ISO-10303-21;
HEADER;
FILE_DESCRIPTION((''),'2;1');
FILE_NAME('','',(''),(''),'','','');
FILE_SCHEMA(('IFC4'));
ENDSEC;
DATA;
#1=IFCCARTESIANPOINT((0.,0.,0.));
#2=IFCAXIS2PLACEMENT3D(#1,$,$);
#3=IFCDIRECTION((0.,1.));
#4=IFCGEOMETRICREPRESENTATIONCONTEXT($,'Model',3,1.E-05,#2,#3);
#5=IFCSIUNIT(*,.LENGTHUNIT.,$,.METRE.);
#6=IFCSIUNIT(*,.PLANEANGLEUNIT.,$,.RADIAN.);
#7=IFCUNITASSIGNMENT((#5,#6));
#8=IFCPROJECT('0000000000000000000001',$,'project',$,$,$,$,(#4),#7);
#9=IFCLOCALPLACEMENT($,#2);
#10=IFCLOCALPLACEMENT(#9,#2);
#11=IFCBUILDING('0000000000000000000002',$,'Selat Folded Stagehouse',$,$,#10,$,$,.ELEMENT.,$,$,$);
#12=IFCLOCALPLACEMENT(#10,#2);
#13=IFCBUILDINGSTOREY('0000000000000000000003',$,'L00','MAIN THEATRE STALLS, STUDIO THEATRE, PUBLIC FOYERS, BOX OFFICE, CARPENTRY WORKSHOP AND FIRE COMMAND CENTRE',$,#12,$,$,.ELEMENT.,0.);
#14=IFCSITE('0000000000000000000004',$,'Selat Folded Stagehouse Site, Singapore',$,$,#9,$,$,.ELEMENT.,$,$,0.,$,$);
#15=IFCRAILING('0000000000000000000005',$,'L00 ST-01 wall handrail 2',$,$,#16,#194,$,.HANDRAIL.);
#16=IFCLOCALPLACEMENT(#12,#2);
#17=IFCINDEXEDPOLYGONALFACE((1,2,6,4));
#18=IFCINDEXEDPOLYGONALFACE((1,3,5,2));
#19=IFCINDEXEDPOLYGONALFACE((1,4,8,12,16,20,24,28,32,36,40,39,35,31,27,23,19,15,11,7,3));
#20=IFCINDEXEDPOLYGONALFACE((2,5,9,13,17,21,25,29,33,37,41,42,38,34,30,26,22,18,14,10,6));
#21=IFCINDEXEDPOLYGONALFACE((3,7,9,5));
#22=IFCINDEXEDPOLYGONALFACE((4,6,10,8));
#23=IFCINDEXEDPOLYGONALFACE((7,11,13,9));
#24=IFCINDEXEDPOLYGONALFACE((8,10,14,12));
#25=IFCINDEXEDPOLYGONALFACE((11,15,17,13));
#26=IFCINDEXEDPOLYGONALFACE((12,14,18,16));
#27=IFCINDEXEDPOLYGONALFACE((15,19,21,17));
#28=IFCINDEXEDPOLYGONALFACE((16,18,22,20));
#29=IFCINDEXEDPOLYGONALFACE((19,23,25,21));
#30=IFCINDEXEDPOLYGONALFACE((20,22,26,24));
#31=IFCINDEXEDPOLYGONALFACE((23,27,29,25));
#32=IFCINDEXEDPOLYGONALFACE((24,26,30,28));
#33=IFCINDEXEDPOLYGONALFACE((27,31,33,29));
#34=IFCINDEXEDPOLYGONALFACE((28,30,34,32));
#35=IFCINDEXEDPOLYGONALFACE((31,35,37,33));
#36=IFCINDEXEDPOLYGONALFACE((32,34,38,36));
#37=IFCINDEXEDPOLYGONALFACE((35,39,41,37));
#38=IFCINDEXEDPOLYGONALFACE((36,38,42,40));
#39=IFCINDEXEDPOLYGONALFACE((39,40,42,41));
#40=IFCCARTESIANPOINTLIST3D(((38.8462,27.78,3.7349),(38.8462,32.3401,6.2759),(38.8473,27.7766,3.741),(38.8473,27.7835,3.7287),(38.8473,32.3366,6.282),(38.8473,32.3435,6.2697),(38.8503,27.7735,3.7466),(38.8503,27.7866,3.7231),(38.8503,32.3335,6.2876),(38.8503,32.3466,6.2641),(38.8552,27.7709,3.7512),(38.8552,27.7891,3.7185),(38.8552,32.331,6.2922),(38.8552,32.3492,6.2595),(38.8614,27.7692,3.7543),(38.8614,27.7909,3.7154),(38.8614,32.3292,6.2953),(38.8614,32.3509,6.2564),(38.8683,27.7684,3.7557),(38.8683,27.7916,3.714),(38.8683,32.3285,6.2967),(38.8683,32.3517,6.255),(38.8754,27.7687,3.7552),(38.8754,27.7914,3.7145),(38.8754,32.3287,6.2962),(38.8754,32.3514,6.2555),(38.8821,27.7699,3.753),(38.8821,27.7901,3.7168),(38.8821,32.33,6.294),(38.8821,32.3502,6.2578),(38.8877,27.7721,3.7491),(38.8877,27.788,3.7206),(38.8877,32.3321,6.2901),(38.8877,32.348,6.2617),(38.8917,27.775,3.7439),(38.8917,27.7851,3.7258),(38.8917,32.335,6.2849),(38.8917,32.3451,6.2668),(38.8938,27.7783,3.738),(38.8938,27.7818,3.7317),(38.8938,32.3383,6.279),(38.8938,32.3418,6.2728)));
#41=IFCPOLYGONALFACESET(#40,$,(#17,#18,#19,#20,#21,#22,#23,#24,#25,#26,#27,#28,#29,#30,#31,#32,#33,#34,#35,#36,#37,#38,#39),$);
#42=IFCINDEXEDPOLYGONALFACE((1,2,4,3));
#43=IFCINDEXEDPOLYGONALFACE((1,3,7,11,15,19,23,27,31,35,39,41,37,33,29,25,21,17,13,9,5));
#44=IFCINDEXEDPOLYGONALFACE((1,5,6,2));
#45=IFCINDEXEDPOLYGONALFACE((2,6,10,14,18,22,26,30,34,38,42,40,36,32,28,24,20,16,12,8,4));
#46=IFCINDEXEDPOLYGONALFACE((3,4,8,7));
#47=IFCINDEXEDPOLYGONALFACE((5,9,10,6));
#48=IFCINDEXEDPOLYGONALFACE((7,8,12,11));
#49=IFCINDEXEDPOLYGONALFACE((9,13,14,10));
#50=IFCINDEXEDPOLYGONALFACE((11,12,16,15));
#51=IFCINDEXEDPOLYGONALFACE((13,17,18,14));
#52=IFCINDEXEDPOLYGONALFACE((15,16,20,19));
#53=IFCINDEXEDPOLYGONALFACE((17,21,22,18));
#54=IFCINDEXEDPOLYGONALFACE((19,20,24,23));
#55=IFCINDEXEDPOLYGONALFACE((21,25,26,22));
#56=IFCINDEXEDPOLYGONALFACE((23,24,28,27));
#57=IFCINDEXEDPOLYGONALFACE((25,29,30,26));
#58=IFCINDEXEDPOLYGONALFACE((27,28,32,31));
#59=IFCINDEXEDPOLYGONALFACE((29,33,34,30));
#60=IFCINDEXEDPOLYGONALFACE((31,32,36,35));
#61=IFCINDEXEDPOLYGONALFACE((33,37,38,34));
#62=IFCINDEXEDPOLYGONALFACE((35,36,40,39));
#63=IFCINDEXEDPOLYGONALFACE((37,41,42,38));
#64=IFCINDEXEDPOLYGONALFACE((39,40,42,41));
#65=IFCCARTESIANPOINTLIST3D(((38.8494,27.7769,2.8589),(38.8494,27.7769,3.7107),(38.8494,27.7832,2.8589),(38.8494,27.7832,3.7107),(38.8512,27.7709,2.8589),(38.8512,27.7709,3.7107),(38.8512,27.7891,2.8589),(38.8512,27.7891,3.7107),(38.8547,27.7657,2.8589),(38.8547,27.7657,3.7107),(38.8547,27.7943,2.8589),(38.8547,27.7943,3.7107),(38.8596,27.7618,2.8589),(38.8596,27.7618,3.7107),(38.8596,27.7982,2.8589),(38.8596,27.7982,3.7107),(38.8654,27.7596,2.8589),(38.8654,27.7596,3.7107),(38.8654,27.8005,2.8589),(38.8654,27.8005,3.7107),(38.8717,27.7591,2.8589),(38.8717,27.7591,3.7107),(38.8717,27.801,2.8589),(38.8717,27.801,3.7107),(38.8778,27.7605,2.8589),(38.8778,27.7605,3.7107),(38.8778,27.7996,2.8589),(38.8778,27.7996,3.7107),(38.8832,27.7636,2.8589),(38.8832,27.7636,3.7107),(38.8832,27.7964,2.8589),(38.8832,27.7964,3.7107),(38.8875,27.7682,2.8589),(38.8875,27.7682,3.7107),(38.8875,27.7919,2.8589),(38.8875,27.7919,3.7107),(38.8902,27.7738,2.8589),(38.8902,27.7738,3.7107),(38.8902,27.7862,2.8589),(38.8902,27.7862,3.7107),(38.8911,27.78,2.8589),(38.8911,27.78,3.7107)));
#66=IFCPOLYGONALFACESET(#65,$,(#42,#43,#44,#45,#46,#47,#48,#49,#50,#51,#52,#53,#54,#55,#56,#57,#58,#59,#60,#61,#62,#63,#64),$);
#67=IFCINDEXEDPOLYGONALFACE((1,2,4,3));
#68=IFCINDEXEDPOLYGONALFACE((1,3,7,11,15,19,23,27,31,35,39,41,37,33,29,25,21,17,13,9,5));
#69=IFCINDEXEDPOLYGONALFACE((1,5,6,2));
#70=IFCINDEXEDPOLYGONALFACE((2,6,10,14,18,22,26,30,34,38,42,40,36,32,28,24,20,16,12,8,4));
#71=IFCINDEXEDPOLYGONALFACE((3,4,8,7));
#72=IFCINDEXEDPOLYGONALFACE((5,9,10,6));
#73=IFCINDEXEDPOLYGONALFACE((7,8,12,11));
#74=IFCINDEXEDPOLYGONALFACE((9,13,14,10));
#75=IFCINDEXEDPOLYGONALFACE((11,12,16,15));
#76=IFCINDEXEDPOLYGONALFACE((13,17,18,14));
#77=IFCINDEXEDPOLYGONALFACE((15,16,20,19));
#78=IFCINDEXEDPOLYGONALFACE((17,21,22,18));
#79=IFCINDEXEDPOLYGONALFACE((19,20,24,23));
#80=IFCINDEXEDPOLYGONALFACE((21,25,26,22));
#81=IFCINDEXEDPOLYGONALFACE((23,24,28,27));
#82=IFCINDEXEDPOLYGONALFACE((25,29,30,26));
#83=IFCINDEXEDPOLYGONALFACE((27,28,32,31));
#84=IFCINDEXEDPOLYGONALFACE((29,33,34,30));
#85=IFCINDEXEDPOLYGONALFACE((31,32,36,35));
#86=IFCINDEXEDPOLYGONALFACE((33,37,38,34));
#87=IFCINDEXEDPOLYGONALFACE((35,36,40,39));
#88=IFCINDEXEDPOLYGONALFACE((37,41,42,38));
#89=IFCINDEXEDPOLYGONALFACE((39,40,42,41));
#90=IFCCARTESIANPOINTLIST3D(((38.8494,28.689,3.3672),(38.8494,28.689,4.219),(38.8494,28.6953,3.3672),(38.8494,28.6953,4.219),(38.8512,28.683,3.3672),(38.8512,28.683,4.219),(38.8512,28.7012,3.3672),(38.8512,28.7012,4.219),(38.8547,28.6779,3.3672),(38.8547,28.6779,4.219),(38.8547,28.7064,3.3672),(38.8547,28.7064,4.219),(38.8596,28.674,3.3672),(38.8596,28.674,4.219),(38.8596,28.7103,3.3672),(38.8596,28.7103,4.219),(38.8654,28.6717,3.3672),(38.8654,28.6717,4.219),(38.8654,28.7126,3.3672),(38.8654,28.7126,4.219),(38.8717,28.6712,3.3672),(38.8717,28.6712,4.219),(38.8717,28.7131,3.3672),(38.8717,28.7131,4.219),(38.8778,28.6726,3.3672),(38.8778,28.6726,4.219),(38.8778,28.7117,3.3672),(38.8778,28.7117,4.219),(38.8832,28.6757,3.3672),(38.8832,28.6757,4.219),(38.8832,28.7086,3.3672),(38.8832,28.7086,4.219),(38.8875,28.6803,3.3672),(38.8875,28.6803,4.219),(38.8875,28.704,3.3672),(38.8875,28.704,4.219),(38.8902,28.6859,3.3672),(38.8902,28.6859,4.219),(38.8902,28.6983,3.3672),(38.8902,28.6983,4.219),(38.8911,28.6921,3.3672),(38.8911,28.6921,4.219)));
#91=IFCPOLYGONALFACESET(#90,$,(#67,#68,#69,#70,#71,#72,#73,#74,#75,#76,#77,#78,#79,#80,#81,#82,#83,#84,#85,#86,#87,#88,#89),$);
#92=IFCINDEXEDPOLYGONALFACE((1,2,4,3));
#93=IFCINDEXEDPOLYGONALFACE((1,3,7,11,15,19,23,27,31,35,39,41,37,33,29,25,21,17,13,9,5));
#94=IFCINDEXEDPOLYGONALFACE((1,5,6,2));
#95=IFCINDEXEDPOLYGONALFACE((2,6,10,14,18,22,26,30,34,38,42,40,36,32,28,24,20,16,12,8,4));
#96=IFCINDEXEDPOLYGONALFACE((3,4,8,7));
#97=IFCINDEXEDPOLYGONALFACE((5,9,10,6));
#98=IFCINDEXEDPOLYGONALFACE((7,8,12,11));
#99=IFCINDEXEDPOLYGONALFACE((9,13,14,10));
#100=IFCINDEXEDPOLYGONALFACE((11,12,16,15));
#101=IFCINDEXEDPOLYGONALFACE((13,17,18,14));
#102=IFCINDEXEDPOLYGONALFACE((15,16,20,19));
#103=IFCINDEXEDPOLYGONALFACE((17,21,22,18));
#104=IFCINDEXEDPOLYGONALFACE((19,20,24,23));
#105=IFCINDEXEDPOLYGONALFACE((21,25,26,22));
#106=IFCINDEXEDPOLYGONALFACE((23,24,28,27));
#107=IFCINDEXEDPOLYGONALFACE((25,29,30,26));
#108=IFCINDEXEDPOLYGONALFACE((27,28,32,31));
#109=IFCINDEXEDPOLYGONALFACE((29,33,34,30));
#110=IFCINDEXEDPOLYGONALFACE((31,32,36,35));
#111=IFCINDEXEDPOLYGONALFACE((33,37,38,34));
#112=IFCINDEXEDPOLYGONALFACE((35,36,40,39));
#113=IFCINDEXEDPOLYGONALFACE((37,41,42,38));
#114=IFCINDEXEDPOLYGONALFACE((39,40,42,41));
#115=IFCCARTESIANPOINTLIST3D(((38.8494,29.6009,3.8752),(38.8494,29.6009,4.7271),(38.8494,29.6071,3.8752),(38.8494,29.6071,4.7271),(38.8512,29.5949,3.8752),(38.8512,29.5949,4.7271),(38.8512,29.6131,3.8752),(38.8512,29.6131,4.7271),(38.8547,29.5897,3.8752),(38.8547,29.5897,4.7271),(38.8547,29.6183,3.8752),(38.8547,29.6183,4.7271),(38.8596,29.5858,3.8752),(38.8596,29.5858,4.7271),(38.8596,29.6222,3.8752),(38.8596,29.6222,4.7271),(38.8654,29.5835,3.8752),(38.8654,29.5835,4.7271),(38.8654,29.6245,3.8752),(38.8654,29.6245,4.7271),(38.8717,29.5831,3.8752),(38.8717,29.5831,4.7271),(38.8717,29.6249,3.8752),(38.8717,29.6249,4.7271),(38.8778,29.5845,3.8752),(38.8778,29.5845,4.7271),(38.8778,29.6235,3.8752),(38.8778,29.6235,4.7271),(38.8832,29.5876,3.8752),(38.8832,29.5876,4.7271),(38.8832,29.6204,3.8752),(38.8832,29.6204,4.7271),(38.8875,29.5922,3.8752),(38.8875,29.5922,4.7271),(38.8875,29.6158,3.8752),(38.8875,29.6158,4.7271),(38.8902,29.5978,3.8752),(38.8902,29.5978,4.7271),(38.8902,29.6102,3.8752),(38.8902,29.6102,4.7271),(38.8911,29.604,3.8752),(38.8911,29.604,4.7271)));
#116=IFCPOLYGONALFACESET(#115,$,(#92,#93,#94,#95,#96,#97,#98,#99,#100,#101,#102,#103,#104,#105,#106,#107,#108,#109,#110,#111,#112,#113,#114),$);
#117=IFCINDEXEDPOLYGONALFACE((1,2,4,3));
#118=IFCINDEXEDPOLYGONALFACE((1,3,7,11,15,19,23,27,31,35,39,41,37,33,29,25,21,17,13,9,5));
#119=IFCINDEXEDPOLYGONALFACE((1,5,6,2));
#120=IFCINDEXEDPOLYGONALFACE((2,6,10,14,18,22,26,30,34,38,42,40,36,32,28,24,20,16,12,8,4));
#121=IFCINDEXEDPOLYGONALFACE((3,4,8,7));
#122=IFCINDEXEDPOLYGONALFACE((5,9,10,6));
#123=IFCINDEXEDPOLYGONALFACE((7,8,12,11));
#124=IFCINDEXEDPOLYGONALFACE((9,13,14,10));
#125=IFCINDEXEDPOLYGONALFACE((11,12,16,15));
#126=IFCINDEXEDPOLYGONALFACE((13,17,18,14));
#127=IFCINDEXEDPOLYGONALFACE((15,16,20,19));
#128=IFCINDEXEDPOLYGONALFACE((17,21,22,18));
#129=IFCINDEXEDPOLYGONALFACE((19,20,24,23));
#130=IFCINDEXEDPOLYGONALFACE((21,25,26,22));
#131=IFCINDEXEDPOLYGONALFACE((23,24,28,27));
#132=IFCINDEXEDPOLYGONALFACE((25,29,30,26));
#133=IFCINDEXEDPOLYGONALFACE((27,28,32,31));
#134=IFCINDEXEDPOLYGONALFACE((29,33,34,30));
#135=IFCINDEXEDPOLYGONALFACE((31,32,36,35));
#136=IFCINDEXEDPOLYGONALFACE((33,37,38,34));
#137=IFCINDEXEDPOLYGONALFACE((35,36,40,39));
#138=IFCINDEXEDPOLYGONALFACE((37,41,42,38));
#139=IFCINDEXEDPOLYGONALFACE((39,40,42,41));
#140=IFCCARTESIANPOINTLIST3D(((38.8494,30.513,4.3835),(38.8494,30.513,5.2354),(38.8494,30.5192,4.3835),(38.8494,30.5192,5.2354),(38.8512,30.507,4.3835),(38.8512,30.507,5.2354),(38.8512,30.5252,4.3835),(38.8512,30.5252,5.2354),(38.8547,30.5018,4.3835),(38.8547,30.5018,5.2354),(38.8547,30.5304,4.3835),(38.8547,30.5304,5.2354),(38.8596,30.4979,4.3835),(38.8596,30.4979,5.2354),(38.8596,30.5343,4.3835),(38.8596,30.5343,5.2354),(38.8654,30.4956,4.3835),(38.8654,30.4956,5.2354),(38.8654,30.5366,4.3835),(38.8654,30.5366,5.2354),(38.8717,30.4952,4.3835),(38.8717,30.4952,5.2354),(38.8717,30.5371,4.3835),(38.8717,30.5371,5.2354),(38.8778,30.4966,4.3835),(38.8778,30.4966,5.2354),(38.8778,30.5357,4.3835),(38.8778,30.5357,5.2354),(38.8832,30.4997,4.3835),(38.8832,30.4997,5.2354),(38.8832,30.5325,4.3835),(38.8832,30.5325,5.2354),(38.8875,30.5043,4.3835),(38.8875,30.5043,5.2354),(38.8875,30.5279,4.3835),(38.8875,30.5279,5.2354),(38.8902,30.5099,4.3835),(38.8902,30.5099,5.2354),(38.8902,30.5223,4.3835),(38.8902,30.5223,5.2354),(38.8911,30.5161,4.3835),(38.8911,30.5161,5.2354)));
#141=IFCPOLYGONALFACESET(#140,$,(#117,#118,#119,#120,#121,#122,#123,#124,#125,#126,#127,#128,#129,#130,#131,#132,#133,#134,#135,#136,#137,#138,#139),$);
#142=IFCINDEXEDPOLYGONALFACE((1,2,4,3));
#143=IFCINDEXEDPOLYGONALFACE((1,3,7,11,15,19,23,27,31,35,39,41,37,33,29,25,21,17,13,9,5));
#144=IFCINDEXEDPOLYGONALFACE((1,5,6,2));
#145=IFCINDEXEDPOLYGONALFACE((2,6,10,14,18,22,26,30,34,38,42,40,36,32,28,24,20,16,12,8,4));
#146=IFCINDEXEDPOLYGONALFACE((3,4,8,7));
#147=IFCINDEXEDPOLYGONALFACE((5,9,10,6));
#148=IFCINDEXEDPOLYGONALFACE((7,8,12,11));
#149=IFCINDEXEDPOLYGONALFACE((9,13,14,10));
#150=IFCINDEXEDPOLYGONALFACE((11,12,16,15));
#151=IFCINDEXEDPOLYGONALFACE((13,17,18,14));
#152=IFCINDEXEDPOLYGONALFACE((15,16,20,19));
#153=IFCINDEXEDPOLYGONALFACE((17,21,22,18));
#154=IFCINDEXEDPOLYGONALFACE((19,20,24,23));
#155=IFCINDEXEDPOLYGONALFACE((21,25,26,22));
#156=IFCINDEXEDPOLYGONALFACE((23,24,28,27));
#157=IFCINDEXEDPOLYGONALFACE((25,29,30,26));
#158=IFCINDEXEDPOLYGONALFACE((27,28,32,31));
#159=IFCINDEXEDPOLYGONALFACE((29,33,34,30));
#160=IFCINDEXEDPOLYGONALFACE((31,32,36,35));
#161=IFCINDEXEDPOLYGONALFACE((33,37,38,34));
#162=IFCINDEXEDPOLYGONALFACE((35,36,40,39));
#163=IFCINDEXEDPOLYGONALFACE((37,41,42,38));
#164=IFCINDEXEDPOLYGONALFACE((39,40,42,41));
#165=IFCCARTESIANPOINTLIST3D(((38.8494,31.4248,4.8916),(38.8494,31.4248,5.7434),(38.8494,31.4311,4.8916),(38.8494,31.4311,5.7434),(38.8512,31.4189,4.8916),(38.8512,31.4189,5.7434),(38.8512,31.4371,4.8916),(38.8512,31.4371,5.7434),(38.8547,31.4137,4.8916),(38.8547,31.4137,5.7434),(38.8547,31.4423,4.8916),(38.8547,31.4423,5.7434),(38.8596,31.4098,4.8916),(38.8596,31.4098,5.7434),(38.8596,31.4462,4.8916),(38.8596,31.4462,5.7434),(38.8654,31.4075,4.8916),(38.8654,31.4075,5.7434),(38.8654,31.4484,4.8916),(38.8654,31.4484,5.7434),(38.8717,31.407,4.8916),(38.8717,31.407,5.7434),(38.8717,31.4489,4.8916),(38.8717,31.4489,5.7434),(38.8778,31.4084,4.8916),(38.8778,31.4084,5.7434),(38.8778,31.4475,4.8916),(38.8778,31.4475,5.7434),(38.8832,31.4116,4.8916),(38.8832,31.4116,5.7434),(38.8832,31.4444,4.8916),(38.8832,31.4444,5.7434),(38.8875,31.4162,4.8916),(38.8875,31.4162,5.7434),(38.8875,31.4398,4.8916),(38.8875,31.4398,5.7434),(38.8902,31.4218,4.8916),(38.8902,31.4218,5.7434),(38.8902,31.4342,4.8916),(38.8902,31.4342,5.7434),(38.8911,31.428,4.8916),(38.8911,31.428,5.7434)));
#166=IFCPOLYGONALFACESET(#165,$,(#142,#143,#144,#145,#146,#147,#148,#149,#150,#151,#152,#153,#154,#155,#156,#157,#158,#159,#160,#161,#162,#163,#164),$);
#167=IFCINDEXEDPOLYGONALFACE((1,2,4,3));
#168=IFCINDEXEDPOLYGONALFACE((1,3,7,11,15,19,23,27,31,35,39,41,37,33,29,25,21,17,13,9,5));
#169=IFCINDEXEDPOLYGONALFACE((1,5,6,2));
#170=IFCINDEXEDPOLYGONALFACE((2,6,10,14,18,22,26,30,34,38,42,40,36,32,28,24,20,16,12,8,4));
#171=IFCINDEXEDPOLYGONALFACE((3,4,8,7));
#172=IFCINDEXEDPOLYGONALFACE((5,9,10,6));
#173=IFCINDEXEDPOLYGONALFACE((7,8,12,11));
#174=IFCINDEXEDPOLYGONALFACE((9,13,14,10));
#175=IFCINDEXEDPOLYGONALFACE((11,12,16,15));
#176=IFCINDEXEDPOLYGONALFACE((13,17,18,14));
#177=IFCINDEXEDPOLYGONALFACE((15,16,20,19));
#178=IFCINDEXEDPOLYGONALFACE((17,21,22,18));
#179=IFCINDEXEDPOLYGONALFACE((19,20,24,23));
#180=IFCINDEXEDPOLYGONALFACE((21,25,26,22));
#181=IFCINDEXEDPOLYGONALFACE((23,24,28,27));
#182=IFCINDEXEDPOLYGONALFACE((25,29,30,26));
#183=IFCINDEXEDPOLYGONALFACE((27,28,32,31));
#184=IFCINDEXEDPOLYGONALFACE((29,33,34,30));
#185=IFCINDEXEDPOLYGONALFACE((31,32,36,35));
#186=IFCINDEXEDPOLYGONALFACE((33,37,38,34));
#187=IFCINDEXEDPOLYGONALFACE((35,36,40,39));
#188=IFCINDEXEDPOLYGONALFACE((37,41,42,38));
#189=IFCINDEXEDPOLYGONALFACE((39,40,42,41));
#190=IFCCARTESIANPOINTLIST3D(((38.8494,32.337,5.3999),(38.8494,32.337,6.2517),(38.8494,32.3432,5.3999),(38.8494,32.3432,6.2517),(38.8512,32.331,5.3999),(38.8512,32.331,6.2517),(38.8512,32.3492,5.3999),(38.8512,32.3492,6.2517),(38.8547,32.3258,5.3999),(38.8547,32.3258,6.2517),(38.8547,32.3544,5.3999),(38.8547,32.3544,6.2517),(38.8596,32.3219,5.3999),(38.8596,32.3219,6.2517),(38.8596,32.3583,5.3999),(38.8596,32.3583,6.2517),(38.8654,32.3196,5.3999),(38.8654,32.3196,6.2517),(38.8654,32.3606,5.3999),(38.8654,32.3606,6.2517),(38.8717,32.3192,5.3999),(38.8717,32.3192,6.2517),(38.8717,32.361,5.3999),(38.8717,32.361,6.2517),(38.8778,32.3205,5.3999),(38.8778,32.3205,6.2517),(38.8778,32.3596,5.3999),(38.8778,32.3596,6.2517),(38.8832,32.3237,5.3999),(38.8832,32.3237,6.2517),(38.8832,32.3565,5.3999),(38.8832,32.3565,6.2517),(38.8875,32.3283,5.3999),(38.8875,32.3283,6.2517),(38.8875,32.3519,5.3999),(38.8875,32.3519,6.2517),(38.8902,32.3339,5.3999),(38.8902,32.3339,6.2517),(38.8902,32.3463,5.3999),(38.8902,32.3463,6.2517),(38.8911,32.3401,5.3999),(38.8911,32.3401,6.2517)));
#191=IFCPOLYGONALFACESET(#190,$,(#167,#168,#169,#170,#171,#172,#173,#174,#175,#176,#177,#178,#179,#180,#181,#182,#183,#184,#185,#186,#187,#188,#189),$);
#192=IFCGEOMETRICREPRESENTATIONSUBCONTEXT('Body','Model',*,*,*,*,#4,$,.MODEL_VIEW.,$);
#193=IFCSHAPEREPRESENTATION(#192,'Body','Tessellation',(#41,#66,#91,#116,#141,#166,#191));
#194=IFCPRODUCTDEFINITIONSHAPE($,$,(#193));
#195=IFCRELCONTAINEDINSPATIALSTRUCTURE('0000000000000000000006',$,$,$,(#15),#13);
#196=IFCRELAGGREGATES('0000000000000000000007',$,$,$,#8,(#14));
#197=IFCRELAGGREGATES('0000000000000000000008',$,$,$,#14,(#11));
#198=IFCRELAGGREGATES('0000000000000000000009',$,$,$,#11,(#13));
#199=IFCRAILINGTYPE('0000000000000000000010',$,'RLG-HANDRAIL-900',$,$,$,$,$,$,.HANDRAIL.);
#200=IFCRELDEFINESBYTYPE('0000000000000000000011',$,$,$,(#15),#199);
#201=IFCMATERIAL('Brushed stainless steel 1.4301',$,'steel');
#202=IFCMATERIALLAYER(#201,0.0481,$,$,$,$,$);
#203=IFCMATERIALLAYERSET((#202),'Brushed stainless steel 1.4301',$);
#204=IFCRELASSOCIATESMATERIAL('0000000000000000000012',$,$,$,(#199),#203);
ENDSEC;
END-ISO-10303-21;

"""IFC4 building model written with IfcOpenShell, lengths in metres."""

from ifc_helpers import new_model, si_unit, direction, frame, origin, origin_2d, place, context, subcontext, project, spatial, circle, extrude, material, layer, layer_set, type_object, element, save


model = new_model("IFC4")

# Units and contexts
model_context = context("Model", 3, precision=1e-05, world=origin(), true_north=direction((0.0, 1.0)))
body_context = subcontext(model_context, "Body", "Model", "MODEL_VIEW")
ifc_project = project(units=[si_unit("LENGTHUNIT", "METRE"), si_unit("PLANEANGLEUNIT", "RADIAN")], contexts=[model_context])

# Site, building, storey
site_placement = place(None, origin())
site = spatial("IfcSite", under=ifc_project, at=site_placement, Name="Selat Folded Stagehouse Site, Singapore", CompositionType="ELEMENT", RefElevation=0.0)
building_placement = place(site_placement, origin())
building = spatial("IfcBuilding", under=site, at=building_placement, Name="Selat Folded Stagehouse", CompositionType="ELEMENT")
storey_placement = place(building_placement, origin())
storey = spatial("IfcBuildingStorey", under=building, at=storey_placement, Name="L00", Description="MAIN THEATRE STALLS, STUDIO THEATRE, PUBLIC FOYERS, BOX OFFICE, CARPENTRY WORKSHOP AND FIRE COMMAND CENTRE", CompositionType="ELEMENT", Elevation=0.0)

# Railing
ifc_material_1 = material(Name="Brushed stainless steel 1.4301", Category="steel")
ifc_layer_1 = layer(ifc_material_1, 0.0481)
ifc_layer_set_1 = layer_set([ifc_layer_1], Name="Brushed stainless steel 1.4301")
railing_type_1 = type_object("IfcRailingType", Name="RLG-HANDRAIL-900", PredefinedType="HANDRAIL", material=ifc_layer_set_1)
railing_1_placement = place(storey_placement, frame((38.8701, 27.78, 2.8589)))
element("IfcRailing", 1, at=railing_1_placement, inside=storey, type_object=railing_type_1, Name="L00 ST-01 wall handrail 2", PredefinedType="HANDRAIL", context=body_context, shape_type="SweptSolid", body=[
    extrude(circle(Radius=0.0239, at=origin_2d()), frame((0.0, 0.0, 0.876), z_axis=(0.0, 0.873534, 0.486762), x_axis=(-1.0, 0.0, 0.0)), (0.0, 0.0, 1.0), 5.2202),
    extrude(circle(Radius=0.021, at=origin_2d()), origin(), (0.0, 0.0, 1.0), 0.8518),
    extrude(circle(Radius=0.021, at=origin_2d()), frame((0.0, 0.9121, 0.5083)), (0.0, 0.0, 1.0), 0.8518),
    extrude(circle(Radius=0.021, at=origin_2d()), frame((0.0, 1.824, 1.0164)), (0.0, 0.0, 1.0), 0.8518),
    extrude(circle(Radius=0.021, at=origin_2d()), frame((0.0, 2.7361, 1.5247)), (0.0, 0.0, 1.0), 0.8518),
    extrude(circle(Radius=0.021, at=origin_2d()), frame((0.0, 3.6479, 2.0327)), (0.0, 0.0, 1.0), 0.8518),
    extrude(circle(Radius=0.021, at=origin_2d()), frame((0.0, 4.5601, 2.541)), (0.0, 0.0, 1.0), 0.8518),
])

save(model, "model.ifc")
